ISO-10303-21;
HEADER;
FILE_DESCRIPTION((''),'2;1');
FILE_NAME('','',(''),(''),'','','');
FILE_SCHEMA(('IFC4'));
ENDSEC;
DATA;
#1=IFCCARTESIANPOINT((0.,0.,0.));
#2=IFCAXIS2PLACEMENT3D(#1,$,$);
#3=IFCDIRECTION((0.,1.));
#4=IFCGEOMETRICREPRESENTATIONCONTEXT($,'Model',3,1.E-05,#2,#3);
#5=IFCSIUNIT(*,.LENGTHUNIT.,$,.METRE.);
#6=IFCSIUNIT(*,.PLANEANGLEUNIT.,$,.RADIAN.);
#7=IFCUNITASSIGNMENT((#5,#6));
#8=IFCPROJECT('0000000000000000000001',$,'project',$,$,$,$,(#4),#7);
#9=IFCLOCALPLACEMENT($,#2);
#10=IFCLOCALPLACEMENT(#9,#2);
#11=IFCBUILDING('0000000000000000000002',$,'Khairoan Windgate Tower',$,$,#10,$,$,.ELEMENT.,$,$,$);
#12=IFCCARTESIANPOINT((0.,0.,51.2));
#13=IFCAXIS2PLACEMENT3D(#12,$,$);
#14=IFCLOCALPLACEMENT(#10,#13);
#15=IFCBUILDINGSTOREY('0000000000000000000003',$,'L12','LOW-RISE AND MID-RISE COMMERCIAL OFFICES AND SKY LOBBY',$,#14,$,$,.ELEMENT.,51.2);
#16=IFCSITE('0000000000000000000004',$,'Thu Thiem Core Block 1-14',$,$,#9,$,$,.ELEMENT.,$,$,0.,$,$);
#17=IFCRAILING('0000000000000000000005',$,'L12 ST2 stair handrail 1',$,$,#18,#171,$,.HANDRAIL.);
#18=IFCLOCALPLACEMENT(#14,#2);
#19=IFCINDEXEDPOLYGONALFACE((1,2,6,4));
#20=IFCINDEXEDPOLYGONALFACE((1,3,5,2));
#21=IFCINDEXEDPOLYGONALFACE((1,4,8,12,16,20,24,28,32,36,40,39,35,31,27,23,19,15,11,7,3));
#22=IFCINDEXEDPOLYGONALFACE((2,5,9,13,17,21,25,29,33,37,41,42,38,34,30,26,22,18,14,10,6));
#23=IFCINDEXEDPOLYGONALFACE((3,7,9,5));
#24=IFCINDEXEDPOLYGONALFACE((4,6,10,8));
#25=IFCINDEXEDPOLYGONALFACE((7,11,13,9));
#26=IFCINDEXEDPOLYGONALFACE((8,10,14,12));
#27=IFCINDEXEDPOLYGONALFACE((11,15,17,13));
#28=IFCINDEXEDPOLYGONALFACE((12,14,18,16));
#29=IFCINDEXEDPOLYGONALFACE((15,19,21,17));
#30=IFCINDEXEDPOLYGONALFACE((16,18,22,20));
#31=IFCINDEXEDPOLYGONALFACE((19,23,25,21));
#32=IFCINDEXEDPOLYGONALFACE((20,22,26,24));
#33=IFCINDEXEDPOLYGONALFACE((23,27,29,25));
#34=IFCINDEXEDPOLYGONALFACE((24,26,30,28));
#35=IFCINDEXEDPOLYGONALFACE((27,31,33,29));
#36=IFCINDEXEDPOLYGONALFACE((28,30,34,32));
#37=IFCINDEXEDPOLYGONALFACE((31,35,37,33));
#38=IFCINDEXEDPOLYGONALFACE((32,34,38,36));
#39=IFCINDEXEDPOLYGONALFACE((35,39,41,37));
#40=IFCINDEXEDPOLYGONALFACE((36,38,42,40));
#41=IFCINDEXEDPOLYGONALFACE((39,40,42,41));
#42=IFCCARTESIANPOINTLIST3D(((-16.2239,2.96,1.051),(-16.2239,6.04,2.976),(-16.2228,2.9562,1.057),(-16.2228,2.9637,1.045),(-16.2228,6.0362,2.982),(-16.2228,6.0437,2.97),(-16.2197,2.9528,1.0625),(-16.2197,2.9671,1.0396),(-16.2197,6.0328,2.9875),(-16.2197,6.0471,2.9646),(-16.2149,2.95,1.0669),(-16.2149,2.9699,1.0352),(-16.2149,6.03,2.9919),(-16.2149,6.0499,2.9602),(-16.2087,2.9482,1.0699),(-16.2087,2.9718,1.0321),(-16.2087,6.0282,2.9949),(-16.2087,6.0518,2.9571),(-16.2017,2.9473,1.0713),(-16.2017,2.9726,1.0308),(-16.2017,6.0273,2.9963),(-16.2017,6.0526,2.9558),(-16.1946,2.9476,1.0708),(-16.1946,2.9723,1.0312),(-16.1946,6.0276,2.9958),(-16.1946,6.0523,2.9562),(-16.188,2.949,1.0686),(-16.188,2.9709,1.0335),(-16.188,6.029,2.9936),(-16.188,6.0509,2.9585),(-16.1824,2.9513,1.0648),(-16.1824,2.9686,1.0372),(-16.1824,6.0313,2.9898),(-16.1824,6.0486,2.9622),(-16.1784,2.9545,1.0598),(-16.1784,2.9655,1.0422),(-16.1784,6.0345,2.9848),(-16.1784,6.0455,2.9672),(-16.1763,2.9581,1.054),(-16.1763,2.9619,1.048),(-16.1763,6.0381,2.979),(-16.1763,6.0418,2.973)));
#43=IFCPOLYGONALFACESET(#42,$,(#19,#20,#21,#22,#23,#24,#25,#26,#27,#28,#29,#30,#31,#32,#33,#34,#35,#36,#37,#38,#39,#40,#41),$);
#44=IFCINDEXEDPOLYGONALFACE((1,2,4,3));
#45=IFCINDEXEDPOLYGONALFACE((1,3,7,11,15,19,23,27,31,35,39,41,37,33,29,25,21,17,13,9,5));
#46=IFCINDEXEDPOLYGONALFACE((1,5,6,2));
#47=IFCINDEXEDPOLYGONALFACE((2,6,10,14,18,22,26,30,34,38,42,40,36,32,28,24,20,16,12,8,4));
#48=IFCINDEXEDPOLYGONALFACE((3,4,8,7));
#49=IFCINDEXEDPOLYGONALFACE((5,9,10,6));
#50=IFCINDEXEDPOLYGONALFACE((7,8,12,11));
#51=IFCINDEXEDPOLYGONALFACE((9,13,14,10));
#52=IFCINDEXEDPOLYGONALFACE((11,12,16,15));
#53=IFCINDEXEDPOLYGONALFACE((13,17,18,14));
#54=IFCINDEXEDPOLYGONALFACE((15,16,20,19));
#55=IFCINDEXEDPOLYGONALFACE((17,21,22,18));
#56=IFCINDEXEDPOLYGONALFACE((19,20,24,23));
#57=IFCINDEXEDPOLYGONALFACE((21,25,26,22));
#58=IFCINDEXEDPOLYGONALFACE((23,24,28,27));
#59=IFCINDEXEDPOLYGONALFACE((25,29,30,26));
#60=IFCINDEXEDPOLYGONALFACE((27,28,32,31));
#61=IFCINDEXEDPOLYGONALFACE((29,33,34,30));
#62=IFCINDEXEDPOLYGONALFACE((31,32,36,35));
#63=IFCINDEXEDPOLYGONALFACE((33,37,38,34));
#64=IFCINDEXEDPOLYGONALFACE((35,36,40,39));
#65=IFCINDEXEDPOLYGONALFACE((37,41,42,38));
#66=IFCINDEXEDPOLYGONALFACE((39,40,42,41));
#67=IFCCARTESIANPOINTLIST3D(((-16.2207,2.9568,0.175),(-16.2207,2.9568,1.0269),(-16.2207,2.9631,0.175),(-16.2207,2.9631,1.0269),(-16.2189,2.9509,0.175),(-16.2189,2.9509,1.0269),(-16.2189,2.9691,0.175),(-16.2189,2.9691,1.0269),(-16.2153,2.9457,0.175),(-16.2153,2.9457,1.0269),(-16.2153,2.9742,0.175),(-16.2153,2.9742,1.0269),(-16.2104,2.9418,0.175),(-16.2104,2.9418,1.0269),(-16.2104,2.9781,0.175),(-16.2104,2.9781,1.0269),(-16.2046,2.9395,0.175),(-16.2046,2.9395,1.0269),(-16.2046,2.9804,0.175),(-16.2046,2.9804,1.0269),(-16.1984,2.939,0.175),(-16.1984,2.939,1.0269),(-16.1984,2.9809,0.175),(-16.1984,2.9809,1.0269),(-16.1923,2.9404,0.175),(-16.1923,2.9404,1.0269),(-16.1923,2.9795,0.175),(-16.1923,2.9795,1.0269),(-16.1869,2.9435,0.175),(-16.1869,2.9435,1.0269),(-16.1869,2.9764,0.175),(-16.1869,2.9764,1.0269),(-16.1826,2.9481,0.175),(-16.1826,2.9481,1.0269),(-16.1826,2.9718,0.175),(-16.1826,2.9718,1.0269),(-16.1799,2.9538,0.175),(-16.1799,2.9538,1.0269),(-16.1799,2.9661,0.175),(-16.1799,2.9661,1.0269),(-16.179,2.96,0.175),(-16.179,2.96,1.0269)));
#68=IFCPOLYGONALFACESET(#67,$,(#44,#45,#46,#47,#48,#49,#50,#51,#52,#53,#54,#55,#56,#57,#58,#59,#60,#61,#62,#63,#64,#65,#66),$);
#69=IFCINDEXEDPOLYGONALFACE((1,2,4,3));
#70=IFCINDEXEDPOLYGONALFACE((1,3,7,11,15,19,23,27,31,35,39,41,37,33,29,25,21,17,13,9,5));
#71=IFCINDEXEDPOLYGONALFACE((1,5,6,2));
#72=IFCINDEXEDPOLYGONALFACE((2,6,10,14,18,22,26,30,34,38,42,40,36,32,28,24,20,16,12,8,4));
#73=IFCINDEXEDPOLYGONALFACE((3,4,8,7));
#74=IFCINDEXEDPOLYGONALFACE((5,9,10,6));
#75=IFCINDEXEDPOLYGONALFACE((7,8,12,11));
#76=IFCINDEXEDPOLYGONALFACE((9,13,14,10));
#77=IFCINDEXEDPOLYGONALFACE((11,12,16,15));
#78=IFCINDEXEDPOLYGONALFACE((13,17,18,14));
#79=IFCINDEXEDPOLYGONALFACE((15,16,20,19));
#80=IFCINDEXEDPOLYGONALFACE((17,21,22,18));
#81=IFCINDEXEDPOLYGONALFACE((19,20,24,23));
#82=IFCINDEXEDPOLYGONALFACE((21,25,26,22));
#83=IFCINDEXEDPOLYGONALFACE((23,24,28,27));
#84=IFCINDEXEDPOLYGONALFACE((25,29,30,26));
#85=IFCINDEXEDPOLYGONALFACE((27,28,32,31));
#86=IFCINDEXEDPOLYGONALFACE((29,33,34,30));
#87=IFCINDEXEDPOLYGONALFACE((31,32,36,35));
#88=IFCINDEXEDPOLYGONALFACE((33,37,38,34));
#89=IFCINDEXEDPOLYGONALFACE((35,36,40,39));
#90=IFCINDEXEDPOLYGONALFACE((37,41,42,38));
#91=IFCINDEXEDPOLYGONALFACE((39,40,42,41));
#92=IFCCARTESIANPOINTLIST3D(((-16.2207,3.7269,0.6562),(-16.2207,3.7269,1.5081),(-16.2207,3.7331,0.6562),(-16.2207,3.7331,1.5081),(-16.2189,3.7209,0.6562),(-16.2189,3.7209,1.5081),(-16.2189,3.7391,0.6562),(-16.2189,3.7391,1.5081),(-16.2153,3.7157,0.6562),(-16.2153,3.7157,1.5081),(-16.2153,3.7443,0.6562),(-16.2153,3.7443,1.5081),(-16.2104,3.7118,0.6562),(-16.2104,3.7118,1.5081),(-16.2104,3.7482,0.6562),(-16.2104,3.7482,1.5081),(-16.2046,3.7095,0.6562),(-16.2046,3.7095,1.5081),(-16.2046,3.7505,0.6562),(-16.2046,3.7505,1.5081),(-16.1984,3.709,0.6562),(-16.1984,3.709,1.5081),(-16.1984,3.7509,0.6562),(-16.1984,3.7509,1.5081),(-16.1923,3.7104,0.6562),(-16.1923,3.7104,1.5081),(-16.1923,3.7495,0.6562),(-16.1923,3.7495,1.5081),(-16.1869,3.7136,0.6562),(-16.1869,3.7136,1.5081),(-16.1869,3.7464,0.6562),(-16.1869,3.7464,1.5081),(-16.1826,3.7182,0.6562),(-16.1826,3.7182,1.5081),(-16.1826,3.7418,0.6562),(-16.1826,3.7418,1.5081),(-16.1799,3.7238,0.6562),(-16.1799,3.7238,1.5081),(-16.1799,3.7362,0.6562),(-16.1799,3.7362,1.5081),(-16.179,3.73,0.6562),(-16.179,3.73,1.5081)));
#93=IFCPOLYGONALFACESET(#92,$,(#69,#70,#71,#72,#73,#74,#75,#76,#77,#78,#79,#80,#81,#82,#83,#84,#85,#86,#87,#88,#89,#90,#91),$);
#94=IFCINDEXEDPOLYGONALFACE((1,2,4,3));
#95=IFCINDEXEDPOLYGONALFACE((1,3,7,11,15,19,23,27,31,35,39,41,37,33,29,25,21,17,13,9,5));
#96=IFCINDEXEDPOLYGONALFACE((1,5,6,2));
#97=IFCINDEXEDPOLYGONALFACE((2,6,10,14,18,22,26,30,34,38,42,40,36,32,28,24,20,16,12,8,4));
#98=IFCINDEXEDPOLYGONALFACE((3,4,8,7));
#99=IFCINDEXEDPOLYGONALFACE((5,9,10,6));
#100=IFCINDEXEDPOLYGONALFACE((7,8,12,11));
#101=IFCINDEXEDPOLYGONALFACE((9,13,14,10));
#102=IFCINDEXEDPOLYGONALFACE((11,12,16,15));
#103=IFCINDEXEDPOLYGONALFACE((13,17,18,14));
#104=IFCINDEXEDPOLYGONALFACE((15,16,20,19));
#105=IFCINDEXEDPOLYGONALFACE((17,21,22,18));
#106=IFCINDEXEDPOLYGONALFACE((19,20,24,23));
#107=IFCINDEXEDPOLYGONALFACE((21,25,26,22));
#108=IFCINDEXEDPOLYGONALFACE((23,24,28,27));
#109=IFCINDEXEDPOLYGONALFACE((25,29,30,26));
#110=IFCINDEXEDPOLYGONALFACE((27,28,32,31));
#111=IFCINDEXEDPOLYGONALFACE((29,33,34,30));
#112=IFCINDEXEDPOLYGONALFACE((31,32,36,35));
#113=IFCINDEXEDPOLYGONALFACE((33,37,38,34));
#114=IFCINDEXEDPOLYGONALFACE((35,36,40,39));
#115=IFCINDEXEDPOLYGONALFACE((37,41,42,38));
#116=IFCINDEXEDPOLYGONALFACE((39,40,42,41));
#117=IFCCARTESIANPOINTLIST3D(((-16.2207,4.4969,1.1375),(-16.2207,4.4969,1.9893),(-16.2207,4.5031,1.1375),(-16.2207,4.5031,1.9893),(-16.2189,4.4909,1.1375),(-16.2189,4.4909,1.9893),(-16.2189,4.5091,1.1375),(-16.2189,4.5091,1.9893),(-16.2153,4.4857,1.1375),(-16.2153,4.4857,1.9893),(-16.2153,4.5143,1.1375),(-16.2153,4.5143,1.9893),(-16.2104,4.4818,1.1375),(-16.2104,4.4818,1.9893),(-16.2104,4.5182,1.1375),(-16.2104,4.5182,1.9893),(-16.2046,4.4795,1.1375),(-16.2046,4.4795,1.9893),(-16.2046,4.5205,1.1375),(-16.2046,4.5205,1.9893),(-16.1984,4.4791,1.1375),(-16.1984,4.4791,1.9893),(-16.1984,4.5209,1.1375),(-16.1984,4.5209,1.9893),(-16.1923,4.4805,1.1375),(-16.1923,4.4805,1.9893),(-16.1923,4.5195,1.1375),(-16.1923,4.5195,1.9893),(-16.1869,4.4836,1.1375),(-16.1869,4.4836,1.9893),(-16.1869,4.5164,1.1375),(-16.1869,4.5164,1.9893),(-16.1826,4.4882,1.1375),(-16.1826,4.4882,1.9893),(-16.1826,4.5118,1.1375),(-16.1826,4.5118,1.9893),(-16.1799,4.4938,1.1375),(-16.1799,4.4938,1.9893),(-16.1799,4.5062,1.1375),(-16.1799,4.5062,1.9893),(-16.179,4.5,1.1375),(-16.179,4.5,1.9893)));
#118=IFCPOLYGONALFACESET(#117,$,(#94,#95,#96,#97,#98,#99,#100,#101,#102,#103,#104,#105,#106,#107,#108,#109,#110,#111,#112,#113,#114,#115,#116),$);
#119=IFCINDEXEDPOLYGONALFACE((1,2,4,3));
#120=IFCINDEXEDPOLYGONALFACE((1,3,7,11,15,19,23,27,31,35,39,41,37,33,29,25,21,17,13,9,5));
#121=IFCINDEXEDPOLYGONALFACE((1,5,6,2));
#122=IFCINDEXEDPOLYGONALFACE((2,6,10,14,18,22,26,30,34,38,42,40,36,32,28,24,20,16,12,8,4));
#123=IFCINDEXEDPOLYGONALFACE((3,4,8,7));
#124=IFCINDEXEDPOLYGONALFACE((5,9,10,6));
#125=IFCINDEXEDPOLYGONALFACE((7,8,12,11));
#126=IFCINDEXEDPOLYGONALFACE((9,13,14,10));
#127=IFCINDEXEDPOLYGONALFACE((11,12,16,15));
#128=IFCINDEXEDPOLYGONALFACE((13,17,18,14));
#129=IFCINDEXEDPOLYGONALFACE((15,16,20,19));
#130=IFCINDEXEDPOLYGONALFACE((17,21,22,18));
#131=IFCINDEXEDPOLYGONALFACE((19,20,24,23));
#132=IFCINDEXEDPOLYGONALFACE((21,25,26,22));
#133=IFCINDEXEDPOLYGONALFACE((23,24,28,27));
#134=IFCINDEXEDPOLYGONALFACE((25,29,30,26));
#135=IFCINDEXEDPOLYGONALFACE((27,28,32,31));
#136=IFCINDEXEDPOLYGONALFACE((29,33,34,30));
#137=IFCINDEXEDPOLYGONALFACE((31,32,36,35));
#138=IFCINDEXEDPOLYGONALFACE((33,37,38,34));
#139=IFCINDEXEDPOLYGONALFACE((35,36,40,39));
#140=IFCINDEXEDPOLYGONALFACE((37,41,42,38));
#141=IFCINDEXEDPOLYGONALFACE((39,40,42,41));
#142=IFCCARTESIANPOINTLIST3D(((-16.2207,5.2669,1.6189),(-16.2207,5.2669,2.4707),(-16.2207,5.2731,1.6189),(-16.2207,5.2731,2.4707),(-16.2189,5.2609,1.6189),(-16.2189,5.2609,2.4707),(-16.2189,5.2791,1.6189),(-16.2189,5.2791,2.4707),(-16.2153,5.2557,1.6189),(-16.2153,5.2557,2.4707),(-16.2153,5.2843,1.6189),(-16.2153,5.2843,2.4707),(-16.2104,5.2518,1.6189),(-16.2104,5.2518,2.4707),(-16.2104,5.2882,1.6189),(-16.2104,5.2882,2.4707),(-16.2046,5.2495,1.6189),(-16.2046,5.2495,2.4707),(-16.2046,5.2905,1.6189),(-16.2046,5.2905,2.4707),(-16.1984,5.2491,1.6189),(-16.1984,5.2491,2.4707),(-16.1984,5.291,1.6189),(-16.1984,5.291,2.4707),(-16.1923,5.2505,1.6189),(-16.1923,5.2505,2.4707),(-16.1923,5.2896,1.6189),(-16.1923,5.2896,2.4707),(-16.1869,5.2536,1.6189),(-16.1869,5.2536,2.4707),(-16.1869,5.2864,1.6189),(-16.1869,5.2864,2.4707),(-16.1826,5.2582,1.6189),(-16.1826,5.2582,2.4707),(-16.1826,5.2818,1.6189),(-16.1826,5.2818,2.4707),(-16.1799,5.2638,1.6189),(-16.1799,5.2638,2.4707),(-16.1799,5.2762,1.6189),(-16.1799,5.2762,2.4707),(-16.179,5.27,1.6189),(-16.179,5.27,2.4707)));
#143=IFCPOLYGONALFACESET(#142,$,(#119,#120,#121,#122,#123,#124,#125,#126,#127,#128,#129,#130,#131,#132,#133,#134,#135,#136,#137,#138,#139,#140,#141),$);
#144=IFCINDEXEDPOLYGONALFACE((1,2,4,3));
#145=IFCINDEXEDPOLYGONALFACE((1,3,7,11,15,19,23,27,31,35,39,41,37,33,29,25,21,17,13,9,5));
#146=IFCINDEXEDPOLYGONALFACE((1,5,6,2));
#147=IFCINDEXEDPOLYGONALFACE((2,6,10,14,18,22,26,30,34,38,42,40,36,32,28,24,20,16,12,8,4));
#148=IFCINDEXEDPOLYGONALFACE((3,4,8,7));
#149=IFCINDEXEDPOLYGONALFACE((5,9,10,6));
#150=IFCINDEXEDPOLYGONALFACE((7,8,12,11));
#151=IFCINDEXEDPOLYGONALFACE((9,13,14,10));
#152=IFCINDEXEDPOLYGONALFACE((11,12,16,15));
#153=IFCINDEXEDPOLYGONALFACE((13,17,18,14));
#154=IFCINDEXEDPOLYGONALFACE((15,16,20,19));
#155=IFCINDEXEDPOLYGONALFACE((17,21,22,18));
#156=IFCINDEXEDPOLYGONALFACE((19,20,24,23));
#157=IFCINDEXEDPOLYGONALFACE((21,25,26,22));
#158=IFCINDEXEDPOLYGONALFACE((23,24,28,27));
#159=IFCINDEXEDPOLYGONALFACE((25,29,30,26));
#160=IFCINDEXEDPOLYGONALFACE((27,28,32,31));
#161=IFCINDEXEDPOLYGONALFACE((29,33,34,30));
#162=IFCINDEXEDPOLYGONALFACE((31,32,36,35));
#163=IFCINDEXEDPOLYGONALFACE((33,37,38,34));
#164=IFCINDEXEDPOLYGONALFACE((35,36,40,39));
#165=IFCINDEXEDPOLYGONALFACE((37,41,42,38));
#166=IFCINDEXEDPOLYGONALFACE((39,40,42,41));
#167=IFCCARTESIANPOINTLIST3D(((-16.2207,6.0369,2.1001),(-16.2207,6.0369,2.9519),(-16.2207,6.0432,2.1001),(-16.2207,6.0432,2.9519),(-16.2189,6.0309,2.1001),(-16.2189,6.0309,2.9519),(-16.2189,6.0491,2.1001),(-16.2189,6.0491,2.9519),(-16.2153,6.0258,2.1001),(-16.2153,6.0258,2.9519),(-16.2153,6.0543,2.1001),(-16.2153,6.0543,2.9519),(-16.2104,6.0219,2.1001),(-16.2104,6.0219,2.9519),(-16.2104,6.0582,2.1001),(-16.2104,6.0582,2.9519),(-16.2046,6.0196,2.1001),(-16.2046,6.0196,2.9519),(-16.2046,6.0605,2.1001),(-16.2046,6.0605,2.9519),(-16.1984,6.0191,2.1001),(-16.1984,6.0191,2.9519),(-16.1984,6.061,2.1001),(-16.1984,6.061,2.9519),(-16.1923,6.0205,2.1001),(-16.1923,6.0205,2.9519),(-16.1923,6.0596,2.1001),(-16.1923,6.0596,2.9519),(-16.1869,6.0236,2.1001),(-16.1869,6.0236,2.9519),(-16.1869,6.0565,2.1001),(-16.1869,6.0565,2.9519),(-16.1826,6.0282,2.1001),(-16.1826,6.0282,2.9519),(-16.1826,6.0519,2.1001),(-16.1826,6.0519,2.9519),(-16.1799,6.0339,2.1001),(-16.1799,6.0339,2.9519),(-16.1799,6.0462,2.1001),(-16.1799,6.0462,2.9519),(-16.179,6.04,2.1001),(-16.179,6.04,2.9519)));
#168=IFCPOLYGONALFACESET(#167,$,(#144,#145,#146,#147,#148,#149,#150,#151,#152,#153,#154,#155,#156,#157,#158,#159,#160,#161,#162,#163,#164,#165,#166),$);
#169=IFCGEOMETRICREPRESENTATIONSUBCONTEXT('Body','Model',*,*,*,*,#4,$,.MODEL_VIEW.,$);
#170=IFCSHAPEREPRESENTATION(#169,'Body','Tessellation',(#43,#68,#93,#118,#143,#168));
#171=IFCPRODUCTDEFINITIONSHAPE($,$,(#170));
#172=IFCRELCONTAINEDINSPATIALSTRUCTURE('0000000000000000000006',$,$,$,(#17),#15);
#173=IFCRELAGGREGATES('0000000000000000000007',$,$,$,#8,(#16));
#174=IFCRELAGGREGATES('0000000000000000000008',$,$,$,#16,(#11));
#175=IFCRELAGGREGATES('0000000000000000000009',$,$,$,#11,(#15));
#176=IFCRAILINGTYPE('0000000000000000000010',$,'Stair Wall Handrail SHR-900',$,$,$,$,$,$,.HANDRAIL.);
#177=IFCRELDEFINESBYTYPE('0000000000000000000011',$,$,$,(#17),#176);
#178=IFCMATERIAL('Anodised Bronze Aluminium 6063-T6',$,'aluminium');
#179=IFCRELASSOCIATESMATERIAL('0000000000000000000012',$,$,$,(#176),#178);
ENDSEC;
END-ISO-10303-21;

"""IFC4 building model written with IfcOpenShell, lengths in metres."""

from ifc_helpers import new_model, si_unit, direction, frame, origin, origin_2d, place, context, subcontext, project, spatial, circle, extrude, material, type_object, element, save


model = new_model("IFC4")

# Units and contexts
model_context = context("Model", 3, precision=1e-05, world=origin(), true_north=direction((0.0, 1.0)))
body_context = subcontext(model_context, "Body", "Model", "MODEL_VIEW")
ifc_project = project(units=[si_unit("LENGTHUNIT", "METRE"), si_unit("PLANEANGLEUNIT", "RADIAN")], contexts=[model_context])

# Site, building, storey
site_placement = place(None, origin())
site = spatial("IfcSite", under=ifc_project, at=site_placement, Name="Thu Thiem Core Block 1-14", CompositionType="ELEMENT", RefElevation=0.0)
building_placement = place(site_placement, origin())
building = spatial("IfcBuilding", under=site, at=building_placement, Name="Khairoan Windgate Tower", CompositionType="ELEMENT")
storey_placement = place(building_placement, frame((0.0, 0.0, 51.2)))
storey = spatial("IfcBuildingStorey", under=building, at=storey_placement, Name="L12", Description="LOW-RISE AND MID-RISE COMMERCIAL OFFICES AND SKY LOBBY", CompositionType="ELEMENT", Elevation=51.2)

# Railing
ifc_material_1 = material(Name="Anodised Bronze Aluminium 6063-T6", Category="aluminium")
railing_type_1 = type_object("IfcRailingType", Name="Stair Wall Handrail SHR-900", PredefinedType="HANDRAIL", material=ifc_material_1)
railing_1_placement = place(storey_placement, frame((-16.2, 2.96, 0.175)))
element("IfcRailing", 1, at=railing_1_placement, inside=storey, type_object=railing_type_1, Name="L12 ST2 stair handrail 1", PredefinedType="HANDRAIL", context=body_context, shape_type="SweptSolid", body=[
    extrude(circle(Radius=0.0239, at=origin_2d()), frame((0.0, 0.0, 0.876), z_axis=(0.0, 0.847998, 0.529999), x_axis=(-1.0, 0.0, 0.0)), (0.0, 0.0, 1.0), 3.6321),
    extrude(circle(Radius=0.021, at=origin_2d()), origin(), (0.0, 0.0, 1.0), 0.8518),
    extrude(circle(Radius=0.021, at=origin_2d()), frame((0.0, 0.77, 0.4812)), (0.0, 0.0, 1.0), 0.8518),
    extrude(circle(Radius=0.021, at=origin_2d()), frame((0.0, 1.54, 0.9624)), (0.0, 0.0, 1.0), 0.8518),
    extrude(circle(Radius=0.021, at=origin_2d()), frame((0.0, 2.3101, 1.4438)), (0.0, 0.0, 1.0), 0.8518),
    extrude(circle(Radius=0.021, at=origin_2d()), frame((0.0, 3.0801, 1.925)), (0.0, 0.0, 1.0), 0.8518),
])

save(model, "model.ifc")
